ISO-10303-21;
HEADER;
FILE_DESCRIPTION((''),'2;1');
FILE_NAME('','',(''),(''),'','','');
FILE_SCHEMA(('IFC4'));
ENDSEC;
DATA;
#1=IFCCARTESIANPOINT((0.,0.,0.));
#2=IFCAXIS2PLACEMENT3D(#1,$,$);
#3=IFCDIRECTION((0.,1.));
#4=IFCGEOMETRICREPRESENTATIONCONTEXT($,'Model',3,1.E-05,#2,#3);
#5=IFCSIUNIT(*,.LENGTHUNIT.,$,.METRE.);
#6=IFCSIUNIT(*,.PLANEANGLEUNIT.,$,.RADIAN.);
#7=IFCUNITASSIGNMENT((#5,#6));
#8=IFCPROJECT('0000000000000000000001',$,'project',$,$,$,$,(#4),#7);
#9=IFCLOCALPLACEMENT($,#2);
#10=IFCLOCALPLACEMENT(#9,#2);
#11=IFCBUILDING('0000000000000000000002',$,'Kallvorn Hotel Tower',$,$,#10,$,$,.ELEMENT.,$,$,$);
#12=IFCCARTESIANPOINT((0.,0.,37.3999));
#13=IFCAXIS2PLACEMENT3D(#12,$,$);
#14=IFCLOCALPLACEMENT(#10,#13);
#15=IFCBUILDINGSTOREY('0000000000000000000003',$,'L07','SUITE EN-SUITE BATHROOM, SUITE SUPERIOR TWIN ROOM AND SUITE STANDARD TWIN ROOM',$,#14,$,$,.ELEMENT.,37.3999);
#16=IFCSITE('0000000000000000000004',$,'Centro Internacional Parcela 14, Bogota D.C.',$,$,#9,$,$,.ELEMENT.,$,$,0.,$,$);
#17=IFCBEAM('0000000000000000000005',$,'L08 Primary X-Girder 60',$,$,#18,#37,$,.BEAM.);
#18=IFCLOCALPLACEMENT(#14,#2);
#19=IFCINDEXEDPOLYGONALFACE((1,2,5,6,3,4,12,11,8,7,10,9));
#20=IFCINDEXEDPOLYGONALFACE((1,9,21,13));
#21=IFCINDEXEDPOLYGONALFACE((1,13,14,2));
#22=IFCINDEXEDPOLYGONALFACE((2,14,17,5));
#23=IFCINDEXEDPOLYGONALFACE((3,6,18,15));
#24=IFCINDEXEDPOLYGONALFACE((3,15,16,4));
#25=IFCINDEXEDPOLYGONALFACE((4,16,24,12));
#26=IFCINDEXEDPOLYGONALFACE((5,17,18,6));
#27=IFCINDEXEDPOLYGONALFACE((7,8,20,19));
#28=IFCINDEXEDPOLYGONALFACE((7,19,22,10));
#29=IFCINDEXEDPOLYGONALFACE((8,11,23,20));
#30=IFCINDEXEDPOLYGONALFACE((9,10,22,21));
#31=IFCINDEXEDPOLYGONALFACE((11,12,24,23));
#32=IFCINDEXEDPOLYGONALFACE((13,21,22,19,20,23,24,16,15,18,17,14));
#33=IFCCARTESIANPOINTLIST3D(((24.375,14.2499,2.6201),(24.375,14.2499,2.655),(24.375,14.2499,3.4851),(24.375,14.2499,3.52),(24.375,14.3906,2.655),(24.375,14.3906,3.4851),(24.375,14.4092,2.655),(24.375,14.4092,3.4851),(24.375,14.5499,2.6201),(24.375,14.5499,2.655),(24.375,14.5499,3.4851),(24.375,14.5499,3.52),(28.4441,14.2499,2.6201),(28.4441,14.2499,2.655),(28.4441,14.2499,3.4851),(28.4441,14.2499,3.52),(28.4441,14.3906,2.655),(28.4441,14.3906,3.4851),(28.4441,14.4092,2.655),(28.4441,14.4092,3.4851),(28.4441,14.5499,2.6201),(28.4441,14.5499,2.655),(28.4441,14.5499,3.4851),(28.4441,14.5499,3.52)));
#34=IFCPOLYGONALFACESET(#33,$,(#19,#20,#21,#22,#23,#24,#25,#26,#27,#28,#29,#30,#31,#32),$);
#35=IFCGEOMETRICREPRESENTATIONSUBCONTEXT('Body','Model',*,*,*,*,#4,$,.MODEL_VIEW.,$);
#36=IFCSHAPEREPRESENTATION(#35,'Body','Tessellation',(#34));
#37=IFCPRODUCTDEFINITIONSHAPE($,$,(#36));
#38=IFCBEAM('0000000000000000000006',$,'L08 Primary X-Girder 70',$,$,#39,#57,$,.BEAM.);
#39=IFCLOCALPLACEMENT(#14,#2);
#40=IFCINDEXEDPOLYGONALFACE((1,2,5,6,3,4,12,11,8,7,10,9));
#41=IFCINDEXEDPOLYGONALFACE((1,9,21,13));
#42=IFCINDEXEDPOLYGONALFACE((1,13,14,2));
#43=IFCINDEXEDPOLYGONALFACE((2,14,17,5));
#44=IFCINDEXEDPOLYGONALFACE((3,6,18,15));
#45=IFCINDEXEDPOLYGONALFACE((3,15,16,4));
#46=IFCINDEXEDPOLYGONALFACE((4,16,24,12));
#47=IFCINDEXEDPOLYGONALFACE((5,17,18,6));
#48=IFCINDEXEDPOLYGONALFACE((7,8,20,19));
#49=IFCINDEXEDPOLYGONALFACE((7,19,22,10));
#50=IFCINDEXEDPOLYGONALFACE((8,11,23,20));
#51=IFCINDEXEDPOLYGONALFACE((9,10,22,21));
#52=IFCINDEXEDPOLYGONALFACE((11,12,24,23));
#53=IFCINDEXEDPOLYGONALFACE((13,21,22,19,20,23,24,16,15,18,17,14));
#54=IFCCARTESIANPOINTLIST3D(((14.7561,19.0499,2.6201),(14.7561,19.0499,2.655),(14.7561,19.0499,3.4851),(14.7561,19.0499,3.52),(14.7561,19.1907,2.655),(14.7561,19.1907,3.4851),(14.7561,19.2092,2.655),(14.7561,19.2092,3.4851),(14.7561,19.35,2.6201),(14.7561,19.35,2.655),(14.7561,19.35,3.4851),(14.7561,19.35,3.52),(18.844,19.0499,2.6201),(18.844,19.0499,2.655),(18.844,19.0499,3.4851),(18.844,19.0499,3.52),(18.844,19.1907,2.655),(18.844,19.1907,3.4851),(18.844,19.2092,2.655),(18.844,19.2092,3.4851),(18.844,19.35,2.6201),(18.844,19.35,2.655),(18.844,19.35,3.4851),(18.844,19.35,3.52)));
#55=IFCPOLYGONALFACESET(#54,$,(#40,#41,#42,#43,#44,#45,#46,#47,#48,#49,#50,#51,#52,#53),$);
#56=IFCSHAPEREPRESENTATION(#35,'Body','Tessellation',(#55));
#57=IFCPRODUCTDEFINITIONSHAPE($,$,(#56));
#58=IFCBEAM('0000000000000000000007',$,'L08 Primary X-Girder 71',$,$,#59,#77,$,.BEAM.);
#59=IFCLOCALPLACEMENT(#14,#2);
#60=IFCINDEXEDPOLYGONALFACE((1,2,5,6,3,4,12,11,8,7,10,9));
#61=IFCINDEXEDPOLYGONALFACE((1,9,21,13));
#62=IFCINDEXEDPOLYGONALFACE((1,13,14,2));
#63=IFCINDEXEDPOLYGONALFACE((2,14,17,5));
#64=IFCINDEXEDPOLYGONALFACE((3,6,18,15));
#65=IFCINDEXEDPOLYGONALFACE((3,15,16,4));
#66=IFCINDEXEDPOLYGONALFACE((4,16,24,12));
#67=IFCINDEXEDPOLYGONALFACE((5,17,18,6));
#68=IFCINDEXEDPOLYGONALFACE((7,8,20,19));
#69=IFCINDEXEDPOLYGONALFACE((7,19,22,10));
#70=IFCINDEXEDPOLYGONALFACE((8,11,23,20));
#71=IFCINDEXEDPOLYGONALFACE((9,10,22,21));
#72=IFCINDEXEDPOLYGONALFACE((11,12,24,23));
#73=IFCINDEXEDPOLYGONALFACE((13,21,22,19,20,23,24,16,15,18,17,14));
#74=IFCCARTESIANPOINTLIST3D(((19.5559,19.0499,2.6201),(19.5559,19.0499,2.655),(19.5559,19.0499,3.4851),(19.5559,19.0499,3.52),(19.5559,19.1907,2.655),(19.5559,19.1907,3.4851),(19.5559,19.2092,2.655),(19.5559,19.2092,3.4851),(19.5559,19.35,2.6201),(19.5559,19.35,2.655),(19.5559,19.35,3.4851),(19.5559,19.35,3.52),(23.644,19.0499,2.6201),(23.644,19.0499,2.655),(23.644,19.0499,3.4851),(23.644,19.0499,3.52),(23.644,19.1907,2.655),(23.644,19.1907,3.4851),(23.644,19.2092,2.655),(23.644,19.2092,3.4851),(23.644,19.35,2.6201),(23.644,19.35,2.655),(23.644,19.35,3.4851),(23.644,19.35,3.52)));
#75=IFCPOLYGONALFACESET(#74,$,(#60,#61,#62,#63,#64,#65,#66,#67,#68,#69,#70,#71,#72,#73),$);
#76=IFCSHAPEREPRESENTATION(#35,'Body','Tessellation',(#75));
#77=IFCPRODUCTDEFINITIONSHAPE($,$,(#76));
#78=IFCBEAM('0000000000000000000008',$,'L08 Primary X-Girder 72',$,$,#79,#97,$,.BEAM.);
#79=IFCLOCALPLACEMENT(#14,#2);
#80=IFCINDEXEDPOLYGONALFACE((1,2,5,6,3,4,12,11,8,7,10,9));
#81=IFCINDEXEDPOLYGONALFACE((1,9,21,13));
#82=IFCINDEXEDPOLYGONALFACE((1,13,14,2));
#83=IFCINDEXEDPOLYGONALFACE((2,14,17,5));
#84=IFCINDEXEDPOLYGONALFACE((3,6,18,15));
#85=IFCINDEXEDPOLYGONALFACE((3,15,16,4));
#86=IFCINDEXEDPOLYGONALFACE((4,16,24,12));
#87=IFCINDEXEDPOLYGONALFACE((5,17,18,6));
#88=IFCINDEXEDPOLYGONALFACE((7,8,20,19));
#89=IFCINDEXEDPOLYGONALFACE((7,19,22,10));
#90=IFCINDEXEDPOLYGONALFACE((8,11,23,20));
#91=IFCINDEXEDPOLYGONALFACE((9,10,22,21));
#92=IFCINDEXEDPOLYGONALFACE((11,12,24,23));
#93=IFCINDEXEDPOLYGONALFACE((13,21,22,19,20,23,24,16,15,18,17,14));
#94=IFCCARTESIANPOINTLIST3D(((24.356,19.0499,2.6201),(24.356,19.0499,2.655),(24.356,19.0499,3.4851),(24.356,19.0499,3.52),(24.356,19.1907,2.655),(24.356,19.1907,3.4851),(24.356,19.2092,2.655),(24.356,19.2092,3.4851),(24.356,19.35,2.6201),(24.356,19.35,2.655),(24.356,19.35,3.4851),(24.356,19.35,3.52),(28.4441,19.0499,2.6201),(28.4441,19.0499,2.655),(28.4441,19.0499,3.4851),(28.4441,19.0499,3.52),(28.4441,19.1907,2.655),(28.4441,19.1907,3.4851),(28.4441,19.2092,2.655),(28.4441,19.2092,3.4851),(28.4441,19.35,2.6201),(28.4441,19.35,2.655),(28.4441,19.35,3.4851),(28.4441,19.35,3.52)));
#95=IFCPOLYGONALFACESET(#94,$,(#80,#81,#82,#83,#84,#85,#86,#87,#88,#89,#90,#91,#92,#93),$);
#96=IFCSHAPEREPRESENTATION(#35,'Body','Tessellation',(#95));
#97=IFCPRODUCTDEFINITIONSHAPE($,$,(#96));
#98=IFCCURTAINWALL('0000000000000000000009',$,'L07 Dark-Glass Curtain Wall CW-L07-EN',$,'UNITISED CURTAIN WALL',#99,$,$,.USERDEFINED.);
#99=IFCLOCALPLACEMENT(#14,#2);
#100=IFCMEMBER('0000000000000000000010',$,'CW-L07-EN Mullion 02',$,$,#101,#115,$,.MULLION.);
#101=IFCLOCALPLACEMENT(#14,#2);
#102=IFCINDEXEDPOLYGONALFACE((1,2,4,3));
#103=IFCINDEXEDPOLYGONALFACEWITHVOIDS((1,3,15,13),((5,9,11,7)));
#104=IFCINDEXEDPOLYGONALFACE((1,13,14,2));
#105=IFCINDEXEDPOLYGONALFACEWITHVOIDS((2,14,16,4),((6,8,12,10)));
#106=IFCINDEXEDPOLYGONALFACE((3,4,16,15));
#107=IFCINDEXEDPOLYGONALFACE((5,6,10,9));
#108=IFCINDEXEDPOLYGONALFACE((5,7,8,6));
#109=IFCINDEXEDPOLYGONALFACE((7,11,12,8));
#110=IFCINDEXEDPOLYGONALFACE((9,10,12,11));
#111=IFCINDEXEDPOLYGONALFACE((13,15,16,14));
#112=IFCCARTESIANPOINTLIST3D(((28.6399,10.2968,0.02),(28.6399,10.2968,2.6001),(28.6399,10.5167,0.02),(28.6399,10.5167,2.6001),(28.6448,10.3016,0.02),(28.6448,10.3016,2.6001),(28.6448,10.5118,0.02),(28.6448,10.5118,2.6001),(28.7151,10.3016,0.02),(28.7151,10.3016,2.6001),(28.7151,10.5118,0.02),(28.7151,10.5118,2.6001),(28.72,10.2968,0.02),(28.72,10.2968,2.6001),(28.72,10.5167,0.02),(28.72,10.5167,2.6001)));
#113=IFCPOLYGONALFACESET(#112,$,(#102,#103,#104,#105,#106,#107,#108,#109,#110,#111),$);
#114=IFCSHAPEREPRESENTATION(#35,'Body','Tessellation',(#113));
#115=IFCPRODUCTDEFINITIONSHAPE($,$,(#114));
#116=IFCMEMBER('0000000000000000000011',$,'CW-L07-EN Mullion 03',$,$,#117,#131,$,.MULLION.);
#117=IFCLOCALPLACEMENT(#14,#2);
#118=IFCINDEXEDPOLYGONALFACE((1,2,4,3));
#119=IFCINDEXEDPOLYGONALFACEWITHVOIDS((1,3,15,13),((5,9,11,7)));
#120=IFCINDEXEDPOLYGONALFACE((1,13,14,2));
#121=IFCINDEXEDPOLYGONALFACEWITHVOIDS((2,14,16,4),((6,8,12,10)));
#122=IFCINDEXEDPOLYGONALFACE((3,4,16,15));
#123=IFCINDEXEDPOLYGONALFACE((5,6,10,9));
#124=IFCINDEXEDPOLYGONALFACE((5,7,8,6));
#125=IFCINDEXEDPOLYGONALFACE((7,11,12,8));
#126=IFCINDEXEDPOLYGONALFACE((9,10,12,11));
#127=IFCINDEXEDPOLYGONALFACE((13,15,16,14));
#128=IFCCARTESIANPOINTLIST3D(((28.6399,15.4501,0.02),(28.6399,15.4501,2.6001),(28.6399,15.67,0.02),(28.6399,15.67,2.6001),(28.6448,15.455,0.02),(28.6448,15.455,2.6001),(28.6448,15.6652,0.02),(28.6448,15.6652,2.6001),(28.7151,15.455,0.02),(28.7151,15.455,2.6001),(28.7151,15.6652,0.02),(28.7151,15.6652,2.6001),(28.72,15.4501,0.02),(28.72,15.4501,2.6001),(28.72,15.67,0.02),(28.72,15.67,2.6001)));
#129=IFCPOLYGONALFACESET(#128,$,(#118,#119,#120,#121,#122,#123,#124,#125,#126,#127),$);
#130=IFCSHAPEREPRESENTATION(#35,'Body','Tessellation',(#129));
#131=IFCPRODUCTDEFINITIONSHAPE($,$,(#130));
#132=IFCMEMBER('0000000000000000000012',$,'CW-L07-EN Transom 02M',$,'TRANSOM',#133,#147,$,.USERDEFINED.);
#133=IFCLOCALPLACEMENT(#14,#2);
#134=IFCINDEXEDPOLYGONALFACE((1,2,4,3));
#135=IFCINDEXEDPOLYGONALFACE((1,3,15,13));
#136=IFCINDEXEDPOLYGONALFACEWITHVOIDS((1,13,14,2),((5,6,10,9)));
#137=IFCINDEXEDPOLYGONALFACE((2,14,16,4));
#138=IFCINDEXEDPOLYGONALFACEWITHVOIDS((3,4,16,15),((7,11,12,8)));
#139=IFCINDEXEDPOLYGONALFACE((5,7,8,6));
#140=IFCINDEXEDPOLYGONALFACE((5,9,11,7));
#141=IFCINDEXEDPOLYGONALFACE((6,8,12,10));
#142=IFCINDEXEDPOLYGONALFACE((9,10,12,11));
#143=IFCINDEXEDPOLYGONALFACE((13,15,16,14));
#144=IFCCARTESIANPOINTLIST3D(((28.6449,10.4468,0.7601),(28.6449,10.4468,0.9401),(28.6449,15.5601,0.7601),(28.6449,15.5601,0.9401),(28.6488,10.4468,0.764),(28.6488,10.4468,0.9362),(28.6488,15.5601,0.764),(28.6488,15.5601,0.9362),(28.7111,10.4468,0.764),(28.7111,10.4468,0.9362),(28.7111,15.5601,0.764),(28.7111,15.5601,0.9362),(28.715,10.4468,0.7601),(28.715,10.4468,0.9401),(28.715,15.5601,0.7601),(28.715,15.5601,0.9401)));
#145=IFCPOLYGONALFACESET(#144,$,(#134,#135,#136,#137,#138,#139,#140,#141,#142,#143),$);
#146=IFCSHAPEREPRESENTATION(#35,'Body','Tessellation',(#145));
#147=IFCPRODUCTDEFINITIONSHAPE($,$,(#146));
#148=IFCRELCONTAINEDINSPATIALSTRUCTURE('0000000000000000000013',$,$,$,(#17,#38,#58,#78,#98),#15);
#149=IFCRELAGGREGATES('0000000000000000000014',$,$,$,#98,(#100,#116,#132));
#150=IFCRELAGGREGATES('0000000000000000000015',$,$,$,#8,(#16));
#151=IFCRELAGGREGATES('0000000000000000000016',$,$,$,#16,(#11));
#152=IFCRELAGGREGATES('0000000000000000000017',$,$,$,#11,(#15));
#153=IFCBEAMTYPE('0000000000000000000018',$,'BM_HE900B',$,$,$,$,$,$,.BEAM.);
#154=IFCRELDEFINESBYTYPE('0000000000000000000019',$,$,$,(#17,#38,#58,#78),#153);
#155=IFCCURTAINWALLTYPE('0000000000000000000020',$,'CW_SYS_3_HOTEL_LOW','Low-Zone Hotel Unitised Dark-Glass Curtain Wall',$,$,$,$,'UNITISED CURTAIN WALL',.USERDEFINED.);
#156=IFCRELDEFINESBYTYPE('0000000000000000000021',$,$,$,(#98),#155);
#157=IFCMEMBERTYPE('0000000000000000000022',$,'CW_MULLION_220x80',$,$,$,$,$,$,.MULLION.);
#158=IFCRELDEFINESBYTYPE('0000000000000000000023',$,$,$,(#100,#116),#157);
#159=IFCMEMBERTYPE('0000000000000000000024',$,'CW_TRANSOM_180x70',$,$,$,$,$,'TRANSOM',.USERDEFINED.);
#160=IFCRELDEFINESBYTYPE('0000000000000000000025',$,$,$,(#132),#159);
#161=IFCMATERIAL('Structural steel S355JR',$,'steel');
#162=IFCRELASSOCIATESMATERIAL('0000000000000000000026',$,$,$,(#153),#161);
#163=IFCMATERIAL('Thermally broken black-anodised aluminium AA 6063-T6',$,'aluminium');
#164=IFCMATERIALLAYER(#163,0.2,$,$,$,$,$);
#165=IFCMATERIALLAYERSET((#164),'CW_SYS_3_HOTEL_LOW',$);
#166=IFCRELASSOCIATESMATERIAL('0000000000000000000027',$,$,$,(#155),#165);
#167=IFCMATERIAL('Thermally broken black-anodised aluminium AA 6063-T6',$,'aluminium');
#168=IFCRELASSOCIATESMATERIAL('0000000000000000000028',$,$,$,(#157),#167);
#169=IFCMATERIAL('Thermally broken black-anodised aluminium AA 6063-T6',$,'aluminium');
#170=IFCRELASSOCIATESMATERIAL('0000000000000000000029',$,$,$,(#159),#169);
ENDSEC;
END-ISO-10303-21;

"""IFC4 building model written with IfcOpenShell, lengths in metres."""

from ifc_helpers import new_model, si_unit, direction, frame, origin, origin_2d, place, context, subcontext, project, spatial, hollow_rectangle, i_section, extrude, material, layer, layer_set, material_profile, profile_set, type_object, element, aggregate, save


model = new_model("IFC4")

# Units and contexts
model_context = context("Model", 3, precision=1e-05, world=origin(), true_north=direction((0.0, 1.0)))
body_context = subcontext(model_context, "Body", "Model", "MODEL_VIEW")
ifc_project = project(units=[si_unit("LENGTHUNIT", "METRE"), si_unit("PLANEANGLEUNIT", "RADIAN")], contexts=[model_context])

# Site, building, storey
site_placement = place(None, origin())
site = spatial("IfcSite", under=ifc_project, at=site_placement, Name="Centro Internacional Parcela 14, Bogota D.C.", CompositionType="ELEMENT", RefElevation=0.0)
building_placement = place(site_placement, origin())
building = spatial("IfcBuilding", under=site, at=building_placement, Name="Kallvorn Hotel Tower", CompositionType="ELEMENT")
storey_placement = place(building_placement, frame((0.0, 0.0, 37.3999)))
storey = spatial("IfcBuildingStorey", under=building, at=storey_placement, Name="L07", Description="SUITE EN-SUITE BATHROOM, SUITE SUPERIOR TWIN ROOM AND SUITE STANDARD TWIN ROOM", CompositionType="ELEMENT", Elevation=37.3999)

# Beams
ifc_material_1 = material(Name="Structural steel S355JR", Category="steel")
ifc_material_profile_1 = material_profile(ifc_material_1, i_section(OverallWidth=0.3, OverallDepth=0.8999, WebThickness=0.0186, FlangeThickness=0.0349, at=origin_2d()), Name="HE 900 B")
ifc_profile_set_1 = profile_set([ifc_material_profile_1], Name="Structural steel S355JR")
beam_type_1 = type_object("IfcBeamType", Name="BM_HE900B", PredefinedType="BEAM", material=ifc_profile_set_1)
for number, where, z_axis, x_axis, name in (
    (1, (24.375, 14.3999, 3.0701), (1.0, 0.0, 0.0), (0.0, 1.0, 0.0), "L08 Primary X-Girder 60"),
):
    element("IfcBeam", number, at=place(storey_placement, frame(where, z_axis=z_axis, x_axis=x_axis)), inside=storey, type_object=beam_type_1, Name=name, PredefinedType="BEAM", context=body_context, shape_type="SweptSolid", body=[
        extrude(i_section(OverallWidth=0.3, OverallDepth=0.8999, WebThickness=0.0186, FlangeThickness=0.0349, at=origin_2d()), origin(), (0.0, 0.0, 1.0), 4.0691),
    ])
beam_1_placement = place(storey_placement, frame((14.7561, 19.2, 3.0701), z_axis=(1.0, 0.0, 0.0), x_axis=(0.0, 1.0, 0.0)))
element("IfcBeam", 2, at=beam_1_placement, inside=storey, type_object=beam_type_1, Name="L08 Primary X-Girder 70", PredefinedType="BEAM", context=body_context, shape_type="SweptSolid", body=[
    extrude(i_section(OverallWidth=0.3, OverallDepth=0.8999, WebThickness=0.0186, FlangeThickness=0.0349, at=origin_2d()), origin(), (0.0, 0.0, 1.0), 4.0879),
])
for number, where, z_axis, x_axis, name in (
    (3, (19.5559, 19.2, 3.0701), (1.0, 0.0, 0.0), (0.0, 1.0, 0.0), "L08 Primary X-Girder 71"),
    (4, (24.356, 19.2, 3.0701), (1.0, 0.0, 0.0), (0.0, 1.0, 0.0), "L08 Primary X-Girder 72"),
):
    element("IfcBeam", number, at=place(storey_placement, frame(where, z_axis=z_axis, x_axis=x_axis)), inside=storey, type_object=beam_type_1, Name=name, PredefinedType="BEAM", context=body_context, shape_type="SweptSolid", body=[
        extrude(i_section(OverallWidth=0.3, OverallDepth=0.8999, WebThickness=0.0186, FlangeThickness=0.0349, at=origin_2d()), origin(), (0.0, 0.0, 1.0), 4.0881),
    ])

# Curtain wall, members
ifc_material_2 = material(Name="Thermally broken black-anodised aluminium AA 6063-T6", Category="aluminium")
ifc_layer_1 = layer(ifc_material_2, 0.2)
ifc_layer_set_1 = layer_set([ifc_layer_1], Name="CW_SYS_3_HOTEL_LOW")
curtain_wall_type = type_object("IfcCurtainWallType", Name="CW_SYS_3_HOTEL_LOW", Description="Low-Zone Hotel Unitised Dark-Glass Curtain Wall", ElementType="UNITISED CURTAIN WALL", PredefinedType="USERDEFINED", material=ifc_layer_set_1)
curtain_wall_placement = place(storey_placement, origin())
curtain_wall = element("IfcCurtainWall", 5, at=curtain_wall_placement, inside=storey, type_object=curtain_wall_type, Name="L07 Dark-Glass Curtain Wall CW-L07-EN", ObjectType="UNITISED CURTAIN WALL", PredefinedType="USERDEFINED")
ifc_material_3 = material(Name="Thermally broken black-anodised aluminium AA 6063-T6", Category="aluminium")
ifc_material_profile_2 = material_profile(ifc_material_3, hollow_rectangle(XDim=0.0801, YDim=0.22, WallThickness=0.0049, at=origin_2d()), Name="MUL 220x80")
ifc_profile_set_2 = profile_set([ifc_material_profile_2], Name="Thermally broken black-anodised aluminium AA 6063-T6")
member_type_1 = type_object("IfcMemberType", Name="CW_MULLION_220x80", PredefinedType="MULLION", material=ifc_profile_set_2)
member_1_placement = place(storey_placement, frame((28.6799, 10.4067, 0.02), z_axis=(0.0, 0.0, 1.0), x_axis=(1.0, 0.0, 0.0)))
member_1 = element("IfcMember", 6, at=member_1_placement, type_object=member_type_1, Name="CW-L07-EN Mullion 02", PredefinedType="MULLION", context=body_context, shape_type="SweptSolid", body=[
    extrude(hollow_rectangle(XDim=0.0801, YDim=0.22, WallThickness=0.0049, at=origin_2d()), origin(), (0.0, 0.0, 1.0), 2.5801),
])
member_2_placement = place(storey_placement, frame((28.6799, 15.5601, 0.02), z_axis=(0.0, 0.0, 1.0), x_axis=(1.0, 0.0, 0.0)))
member_2 = element("IfcMember", 7, at=member_2_placement, type_object=member_type_1, Name="CW-L07-EN Mullion 03", PredefinedType="MULLION", context=body_context, shape_type="SweptSolid", body=[
    extrude(hollow_rectangle(XDim=0.0801, YDim=0.22, WallThickness=0.0049, at=origin_2d()), origin(), (0.0, 0.0, 1.0), 2.5801),
])
ifc_material_4 = material(Name="Thermally broken black-anodised aluminium AA 6063-T6", Category="aluminium")
ifc_material_profile_3 = material_profile(ifc_material_4, hollow_rectangle(XDim=0.0701, YDim=0.1799, WallThickness=0.0039, at=origin_2d()), Name="TRN 180x70")
ifc_profile_set_3 = profile_set([ifc_material_profile_3], Name="Thermally broken black-anodised aluminium AA 6063-T6")
member_type_2 = type_object("IfcMemberType", Name="CW_TRANSOM_180x70", ElementType="TRANSOM", PredefinedType="USERDEFINED", material=ifc_profile_set_3)
member_3_placement = place(storey_placement, frame((28.6799, 10.4468, 0.8501), z_axis=(0.0, 1.0, 0.0), x_axis=(-1.0, 0.0, 0.0)))
member_3 = element("IfcMember", 8, at=member_3_placement, type_object=member_type_2, Name="CW-L07-EN Transom 02M", ObjectType="TRANSOM", PredefinedType="USERDEFINED", context=body_context, shape_type="SweptSolid", body=[
    extrude(hollow_rectangle(XDim=0.0701, YDim=0.1799, WallThickness=0.0039, at=origin_2d()), origin(), (0.0, 0.0, 1.0), 5.1133),
])

aggregate(curtain_wall, [member_1, member_2, member_3])

save(model, "model.ifc")
